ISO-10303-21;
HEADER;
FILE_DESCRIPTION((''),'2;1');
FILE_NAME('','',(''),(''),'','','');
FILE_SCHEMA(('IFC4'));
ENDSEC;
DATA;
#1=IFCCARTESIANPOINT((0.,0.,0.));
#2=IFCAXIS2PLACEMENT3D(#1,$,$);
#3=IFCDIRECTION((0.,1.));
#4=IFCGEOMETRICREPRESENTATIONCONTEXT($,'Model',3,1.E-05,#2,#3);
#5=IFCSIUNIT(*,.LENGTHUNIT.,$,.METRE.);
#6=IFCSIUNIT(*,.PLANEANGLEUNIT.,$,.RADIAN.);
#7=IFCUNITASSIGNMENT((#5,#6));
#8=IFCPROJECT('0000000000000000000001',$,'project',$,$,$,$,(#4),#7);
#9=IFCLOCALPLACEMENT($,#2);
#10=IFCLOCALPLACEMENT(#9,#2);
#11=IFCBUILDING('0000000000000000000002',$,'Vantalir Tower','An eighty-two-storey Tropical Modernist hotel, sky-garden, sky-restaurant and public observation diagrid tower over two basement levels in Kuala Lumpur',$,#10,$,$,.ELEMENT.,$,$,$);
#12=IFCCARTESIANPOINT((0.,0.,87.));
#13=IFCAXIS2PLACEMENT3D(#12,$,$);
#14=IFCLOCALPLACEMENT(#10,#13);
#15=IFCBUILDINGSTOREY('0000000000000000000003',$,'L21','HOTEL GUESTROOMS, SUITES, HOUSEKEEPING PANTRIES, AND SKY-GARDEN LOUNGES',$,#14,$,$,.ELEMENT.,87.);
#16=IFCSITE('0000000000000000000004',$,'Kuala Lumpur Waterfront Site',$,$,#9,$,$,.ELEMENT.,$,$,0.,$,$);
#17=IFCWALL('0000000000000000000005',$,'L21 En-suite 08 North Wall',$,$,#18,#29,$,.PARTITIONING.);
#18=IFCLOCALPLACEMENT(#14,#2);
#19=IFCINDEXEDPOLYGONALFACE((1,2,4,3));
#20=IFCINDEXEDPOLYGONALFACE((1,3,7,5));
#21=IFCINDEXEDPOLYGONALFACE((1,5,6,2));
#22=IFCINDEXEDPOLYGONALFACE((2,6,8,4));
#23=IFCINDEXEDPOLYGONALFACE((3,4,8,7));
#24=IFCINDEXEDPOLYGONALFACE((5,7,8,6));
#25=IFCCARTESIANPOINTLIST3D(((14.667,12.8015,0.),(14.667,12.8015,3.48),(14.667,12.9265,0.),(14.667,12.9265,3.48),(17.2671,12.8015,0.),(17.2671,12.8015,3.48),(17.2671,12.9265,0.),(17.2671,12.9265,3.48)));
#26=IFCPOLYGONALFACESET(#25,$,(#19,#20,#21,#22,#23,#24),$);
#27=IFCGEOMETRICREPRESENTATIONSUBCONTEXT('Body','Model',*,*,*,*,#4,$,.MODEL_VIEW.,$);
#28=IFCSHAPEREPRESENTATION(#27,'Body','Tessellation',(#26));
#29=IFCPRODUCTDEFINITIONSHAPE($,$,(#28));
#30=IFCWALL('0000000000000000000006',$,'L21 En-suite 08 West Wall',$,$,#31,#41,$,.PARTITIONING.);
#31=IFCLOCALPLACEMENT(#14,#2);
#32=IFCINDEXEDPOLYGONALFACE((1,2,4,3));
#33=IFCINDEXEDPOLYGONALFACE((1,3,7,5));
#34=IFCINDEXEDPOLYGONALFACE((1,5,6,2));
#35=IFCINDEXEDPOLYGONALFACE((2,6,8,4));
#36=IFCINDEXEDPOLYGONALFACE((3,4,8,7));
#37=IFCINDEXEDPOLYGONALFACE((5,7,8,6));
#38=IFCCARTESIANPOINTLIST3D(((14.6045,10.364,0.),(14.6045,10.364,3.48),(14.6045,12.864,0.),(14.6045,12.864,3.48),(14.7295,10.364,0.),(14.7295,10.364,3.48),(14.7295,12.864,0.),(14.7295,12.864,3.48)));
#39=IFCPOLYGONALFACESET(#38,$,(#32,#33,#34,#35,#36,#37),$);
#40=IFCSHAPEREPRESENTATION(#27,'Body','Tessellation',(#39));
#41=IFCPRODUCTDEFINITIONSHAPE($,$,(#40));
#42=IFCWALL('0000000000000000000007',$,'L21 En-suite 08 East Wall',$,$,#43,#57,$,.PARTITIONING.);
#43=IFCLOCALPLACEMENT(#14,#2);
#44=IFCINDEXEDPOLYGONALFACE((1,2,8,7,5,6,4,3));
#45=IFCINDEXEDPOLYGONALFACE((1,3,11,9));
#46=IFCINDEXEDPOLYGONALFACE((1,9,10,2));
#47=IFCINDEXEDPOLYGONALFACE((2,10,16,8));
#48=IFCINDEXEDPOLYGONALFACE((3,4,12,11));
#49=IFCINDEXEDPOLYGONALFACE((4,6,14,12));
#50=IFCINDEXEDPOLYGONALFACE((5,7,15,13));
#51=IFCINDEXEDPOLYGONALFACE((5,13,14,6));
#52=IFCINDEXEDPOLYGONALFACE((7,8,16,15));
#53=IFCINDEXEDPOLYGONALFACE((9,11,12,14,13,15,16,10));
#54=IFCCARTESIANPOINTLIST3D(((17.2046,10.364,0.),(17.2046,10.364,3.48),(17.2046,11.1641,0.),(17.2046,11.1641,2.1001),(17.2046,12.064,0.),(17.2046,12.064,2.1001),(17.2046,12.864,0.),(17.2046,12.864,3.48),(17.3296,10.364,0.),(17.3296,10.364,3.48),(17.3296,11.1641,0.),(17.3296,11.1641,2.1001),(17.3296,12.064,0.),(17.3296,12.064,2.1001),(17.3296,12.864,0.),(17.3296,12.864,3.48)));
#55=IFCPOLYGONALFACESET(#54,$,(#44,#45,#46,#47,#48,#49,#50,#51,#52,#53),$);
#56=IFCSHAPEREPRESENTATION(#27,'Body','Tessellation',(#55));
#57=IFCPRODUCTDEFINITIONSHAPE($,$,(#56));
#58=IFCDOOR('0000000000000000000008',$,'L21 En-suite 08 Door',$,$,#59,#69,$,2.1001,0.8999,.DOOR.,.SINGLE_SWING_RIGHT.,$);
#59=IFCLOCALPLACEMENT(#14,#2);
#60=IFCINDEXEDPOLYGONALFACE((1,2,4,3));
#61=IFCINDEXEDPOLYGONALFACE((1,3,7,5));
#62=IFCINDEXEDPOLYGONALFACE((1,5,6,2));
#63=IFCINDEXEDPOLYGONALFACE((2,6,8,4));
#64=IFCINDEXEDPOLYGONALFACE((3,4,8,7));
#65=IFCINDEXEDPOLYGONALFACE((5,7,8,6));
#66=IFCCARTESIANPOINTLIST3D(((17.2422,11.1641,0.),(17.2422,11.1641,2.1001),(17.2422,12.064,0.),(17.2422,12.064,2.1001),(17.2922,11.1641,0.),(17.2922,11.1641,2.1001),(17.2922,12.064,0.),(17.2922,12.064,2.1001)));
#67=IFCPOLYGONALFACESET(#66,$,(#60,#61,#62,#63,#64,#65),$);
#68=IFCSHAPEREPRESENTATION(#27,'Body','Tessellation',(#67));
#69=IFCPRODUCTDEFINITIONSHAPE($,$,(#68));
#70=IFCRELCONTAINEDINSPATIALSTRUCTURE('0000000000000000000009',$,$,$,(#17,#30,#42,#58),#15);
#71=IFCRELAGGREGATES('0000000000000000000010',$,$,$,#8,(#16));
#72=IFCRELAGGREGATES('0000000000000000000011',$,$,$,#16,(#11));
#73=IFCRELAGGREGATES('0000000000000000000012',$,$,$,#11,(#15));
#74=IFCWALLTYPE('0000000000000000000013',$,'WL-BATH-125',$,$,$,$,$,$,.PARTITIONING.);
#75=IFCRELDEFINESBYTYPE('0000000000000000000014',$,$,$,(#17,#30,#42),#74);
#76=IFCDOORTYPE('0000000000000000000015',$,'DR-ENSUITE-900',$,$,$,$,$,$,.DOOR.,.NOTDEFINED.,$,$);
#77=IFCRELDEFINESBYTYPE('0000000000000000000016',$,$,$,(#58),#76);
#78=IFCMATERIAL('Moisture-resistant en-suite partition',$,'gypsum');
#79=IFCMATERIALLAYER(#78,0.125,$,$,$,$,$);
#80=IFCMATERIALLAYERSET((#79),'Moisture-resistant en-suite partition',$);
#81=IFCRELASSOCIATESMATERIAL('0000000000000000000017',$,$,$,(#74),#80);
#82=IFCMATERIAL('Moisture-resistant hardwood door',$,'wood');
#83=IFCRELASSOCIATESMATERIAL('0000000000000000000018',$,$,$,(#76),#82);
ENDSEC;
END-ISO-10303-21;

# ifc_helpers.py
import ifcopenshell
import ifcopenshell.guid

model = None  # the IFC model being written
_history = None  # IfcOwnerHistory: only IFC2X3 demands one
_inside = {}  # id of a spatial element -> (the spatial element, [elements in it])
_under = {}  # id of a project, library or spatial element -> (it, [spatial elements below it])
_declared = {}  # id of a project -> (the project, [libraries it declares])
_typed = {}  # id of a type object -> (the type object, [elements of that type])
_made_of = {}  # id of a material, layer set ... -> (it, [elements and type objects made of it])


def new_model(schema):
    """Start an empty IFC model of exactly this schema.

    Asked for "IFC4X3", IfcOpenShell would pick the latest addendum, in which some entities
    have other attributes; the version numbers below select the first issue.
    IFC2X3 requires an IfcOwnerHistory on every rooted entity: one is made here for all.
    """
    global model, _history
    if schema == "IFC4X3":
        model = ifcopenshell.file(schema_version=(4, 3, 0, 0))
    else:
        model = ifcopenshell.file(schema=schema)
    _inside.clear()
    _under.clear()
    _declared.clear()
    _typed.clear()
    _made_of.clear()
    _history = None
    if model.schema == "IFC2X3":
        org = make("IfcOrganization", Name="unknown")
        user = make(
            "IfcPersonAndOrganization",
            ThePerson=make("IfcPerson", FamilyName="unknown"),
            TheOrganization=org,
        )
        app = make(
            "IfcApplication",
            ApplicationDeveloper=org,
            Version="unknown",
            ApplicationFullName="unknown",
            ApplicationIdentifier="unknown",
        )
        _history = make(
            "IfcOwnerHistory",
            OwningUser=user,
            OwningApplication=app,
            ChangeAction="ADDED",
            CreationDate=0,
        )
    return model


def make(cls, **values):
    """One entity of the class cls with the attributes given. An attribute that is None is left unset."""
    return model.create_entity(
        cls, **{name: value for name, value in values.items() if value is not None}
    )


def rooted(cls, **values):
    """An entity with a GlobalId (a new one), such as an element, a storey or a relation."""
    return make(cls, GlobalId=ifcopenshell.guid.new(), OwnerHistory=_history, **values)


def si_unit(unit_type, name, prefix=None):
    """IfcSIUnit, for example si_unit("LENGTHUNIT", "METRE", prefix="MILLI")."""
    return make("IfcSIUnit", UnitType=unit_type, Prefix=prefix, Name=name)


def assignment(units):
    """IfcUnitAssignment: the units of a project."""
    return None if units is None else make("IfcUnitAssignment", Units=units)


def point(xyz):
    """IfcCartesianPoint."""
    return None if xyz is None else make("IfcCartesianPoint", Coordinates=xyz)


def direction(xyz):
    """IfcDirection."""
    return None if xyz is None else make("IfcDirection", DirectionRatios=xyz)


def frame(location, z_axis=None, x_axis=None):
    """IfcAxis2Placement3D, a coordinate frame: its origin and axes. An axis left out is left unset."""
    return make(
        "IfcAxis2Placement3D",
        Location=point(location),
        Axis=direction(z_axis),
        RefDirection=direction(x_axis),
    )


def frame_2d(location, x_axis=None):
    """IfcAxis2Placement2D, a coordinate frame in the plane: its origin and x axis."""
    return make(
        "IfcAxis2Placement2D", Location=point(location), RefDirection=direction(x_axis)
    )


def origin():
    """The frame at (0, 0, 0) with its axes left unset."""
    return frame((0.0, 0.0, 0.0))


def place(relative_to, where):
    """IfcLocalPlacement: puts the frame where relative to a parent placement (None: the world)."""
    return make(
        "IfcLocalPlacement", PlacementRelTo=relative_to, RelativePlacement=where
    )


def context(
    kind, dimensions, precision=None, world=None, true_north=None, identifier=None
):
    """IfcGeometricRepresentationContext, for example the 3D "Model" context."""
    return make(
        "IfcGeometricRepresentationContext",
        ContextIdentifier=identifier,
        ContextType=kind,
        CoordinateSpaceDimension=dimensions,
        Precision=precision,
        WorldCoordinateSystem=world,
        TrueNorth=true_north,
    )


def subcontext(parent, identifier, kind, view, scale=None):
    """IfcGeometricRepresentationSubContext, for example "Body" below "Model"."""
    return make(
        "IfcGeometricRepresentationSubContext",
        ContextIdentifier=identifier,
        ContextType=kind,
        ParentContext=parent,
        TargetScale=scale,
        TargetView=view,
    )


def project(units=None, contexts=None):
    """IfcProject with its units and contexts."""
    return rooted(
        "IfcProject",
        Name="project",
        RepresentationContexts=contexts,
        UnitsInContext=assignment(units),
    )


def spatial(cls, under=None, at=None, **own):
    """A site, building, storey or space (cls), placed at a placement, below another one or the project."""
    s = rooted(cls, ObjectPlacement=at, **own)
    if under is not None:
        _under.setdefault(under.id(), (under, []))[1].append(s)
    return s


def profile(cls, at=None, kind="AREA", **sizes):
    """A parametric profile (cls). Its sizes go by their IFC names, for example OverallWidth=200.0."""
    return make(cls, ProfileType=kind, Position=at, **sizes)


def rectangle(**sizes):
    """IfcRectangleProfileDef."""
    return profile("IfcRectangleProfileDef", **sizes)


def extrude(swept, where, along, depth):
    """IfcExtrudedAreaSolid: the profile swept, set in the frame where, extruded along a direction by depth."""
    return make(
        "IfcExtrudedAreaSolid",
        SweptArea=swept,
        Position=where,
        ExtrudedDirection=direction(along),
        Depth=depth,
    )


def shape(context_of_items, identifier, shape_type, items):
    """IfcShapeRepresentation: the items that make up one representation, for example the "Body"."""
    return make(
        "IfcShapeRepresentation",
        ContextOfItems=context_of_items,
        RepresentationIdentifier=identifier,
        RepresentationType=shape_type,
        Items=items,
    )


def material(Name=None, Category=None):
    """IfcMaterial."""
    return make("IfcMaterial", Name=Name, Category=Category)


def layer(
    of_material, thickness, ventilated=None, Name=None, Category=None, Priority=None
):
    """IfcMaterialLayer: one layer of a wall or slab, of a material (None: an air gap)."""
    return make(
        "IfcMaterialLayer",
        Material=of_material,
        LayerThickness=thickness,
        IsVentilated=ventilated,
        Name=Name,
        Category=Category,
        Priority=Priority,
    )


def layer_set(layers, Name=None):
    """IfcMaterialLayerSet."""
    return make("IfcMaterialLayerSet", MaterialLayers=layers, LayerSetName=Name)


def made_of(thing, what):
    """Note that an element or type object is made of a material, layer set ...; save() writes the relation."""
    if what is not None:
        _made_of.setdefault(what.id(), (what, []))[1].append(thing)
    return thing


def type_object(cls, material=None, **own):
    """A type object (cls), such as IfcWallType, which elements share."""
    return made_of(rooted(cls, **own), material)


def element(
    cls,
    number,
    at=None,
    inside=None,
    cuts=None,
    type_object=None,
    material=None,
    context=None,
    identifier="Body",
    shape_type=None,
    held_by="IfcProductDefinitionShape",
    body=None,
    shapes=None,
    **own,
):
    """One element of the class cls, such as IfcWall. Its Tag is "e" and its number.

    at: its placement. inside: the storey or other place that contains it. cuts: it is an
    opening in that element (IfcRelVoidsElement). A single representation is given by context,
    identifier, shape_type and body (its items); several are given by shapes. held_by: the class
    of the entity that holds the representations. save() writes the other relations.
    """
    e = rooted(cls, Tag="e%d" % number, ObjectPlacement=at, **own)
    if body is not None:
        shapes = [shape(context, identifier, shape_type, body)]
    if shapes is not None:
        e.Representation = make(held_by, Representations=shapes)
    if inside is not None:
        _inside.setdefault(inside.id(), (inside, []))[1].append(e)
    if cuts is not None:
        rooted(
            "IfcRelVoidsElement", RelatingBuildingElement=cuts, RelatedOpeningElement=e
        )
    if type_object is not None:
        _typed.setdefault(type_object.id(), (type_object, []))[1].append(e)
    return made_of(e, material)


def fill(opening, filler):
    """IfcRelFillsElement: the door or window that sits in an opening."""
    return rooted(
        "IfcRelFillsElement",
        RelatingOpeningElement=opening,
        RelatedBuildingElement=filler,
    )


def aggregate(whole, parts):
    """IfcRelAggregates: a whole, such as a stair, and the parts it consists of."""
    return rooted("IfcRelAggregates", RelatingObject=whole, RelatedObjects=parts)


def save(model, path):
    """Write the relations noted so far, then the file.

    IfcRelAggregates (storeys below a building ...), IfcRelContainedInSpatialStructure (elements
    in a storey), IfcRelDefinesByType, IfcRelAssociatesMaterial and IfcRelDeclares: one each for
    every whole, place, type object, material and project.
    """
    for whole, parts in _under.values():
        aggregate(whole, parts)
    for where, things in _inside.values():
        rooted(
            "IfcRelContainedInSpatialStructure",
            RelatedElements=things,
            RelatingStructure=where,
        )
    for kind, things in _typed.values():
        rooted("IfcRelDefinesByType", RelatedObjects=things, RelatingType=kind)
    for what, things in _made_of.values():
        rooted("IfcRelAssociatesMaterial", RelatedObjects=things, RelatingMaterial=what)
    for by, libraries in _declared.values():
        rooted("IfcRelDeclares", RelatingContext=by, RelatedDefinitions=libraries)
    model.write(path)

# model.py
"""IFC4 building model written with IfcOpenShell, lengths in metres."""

from ifc_helpers import new_model, si_unit, direction, frame, frame_2d, origin, place, context, subcontext, project, spatial, rectangle, extrude, material, layer, layer_set, type_object, element, fill, save


model = new_model("IFC4")

# Units and contexts
model_context = context("Model", 3, precision=1e-05, world=origin(), true_north=direction((0.0, 1.0)))
body_context = subcontext(model_context, "Body", "Model", "MODEL_VIEW")
ifc_project = project(units=[si_unit("LENGTHUNIT", "METRE"), si_unit("PLANEANGLEUNIT", "RADIAN")], contexts=[model_context])

# Site, building, storey
site_placement = place(None, origin())
site = spatial("IfcSite", under=ifc_project, at=site_placement, Name="Kuala Lumpur Waterfront Site", CompositionType="ELEMENT", RefElevation=0.0)
building_placement = place(site_placement, origin())
building = spatial("IfcBuilding", under=site, at=building_placement, Name="Vantalir Tower", Description="An eighty-two-storey Tropical Modernist hotel, sky-garden, sky-restaurant and public observation diagrid tower over two basement levels in Kuala Lumpur", CompositionType="ELEMENT")
storey_placement = place(building_placement, frame((0.0, 0.0, 87.0)))
storey = spatial("IfcBuildingStorey", under=building, at=storey_placement, Name="L21", Description="HOTEL GUESTROOMS, SUITES, HOUSEKEEPING PANTRIES, AND SKY-GARDEN LOUNGES", CompositionType="ELEMENT", Elevation=87.0)

# Walls
ifc_material_1 = material(Name="Moisture-resistant en-suite partition", Category="gypsum")
ifc_layer_1 = layer(ifc_material_1, 0.125)
ifc_layer_set_1 = layer_set([ifc_layer_1], Name="Moisture-resistant en-suite partition")
wall_type = type_object("IfcWallType", Name="WL-BATH-125", PredefinedType="PARTITIONING", material=ifc_layer_set_1)
for number, where, z_axis, x_axis, name in (
    (1, (14.667, 12.864, 0.0), (0.0, 0.0, 1.0), (1.0, 0.0, 0.0), "L21 En-suite 08 North Wall"),
):
    element("IfcWall", number, at=place(storey_placement, frame(where, z_axis=z_axis, x_axis=x_axis)), inside=storey, type_object=wall_type, Name=name, PredefinedType="PARTITIONING", context=body_context, shape_type="SweptSolid", body=[
        extrude(rectangle(XDim=2.6001, YDim=0.125, at=frame_2d((1.3, 0.0))), origin(), (0.0, 0.0, 1.0), 3.48),
    ])
wall_1_placement = place(storey_placement, frame((14.667, 10.364, 0.0), z_axis=(0.0, 0.0, 1.0), x_axis=(0.0, 1.0, 0.0)))
element("IfcWall", 2, at=wall_1_placement, inside=storey, type_object=wall_type, Name="L21 En-suite 08 West Wall", PredefinedType="PARTITIONING", context=body_context, shape_type="SweptSolid", body=[
    extrude(rectangle(XDim=2.5, YDim=0.125, at=frame_2d((1.25, 0.0))), origin(), (0.0, 0.0, 1.0), 3.48),
])

# Wall, opening, door
wall_2_placement = place(storey_placement, frame((17.2671, 10.364, 0.0), z_axis=(0.0, 0.0, 1.0), x_axis=(0.0, 1.0, 0.0)))
wall_2 = element("IfcWall", 3, at=wall_2_placement, inside=storey, type_object=wall_type, Name="L21 En-suite 08 East Wall", PredefinedType="PARTITIONING", context=body_context, shape_type="SweptSolid", body=[
    extrude(rectangle(XDim=2.5, YDim=0.125, at=frame_2d((1.25, 0.0))), origin(), (0.0, 0.0, 1.0), 3.48),
])
opening_placement = place(wall_2_placement, frame((0.8, 0.0, 0.0)))
opening = element("IfcOpeningElement", 4, at=opening_placement, cuts=wall_2, PredefinedType="OPENING", context=body_context, shape_type="SweptSolid", body=[
    extrude(rectangle(XDim=0.8999, YDim=2.1001, at=frame_2d((0.45, 1.05))), frame((0.0, 0.0725, 0.0), z_axis=(0.0, -1.0, 0.0), x_axis=(1.0, 0.0, 0.0)), (0.0, 0.0, 1.0), 0.145),
])
ifc_material_2 = material(Name="Moisture-resistant hardwood door", Category="wood")
door_type = type_object("IfcDoorType", Name="DR-ENSUITE-900", OperationType="NOTDEFINED", PredefinedType="DOOR", material=ifc_material_2)
door_placement = place(opening_placement, origin())
door = element("IfcDoor", 5, at=door_placement, inside=storey, type_object=door_type, Name="L21 En-suite 08 Door", OperationType="SINGLE_SWING_RIGHT", OverallHeight=2.1001, OverallWidth=0.8999, PredefinedType="DOOR", context=body_context, shape_type="SweptSolid", body=[
    extrude(rectangle(XDim=0.8999, YDim=2.1001, at=frame_2d((0.45, 1.05))), frame((0.0, 0.0249, 0.0), z_axis=(0.0, -1.0, 0.0), x_axis=(1.0, 0.0, 0.0)), (0.0, 0.0, 1.0), 0.05),
])
fill(opening, door)

save(model, "model.ifc")
